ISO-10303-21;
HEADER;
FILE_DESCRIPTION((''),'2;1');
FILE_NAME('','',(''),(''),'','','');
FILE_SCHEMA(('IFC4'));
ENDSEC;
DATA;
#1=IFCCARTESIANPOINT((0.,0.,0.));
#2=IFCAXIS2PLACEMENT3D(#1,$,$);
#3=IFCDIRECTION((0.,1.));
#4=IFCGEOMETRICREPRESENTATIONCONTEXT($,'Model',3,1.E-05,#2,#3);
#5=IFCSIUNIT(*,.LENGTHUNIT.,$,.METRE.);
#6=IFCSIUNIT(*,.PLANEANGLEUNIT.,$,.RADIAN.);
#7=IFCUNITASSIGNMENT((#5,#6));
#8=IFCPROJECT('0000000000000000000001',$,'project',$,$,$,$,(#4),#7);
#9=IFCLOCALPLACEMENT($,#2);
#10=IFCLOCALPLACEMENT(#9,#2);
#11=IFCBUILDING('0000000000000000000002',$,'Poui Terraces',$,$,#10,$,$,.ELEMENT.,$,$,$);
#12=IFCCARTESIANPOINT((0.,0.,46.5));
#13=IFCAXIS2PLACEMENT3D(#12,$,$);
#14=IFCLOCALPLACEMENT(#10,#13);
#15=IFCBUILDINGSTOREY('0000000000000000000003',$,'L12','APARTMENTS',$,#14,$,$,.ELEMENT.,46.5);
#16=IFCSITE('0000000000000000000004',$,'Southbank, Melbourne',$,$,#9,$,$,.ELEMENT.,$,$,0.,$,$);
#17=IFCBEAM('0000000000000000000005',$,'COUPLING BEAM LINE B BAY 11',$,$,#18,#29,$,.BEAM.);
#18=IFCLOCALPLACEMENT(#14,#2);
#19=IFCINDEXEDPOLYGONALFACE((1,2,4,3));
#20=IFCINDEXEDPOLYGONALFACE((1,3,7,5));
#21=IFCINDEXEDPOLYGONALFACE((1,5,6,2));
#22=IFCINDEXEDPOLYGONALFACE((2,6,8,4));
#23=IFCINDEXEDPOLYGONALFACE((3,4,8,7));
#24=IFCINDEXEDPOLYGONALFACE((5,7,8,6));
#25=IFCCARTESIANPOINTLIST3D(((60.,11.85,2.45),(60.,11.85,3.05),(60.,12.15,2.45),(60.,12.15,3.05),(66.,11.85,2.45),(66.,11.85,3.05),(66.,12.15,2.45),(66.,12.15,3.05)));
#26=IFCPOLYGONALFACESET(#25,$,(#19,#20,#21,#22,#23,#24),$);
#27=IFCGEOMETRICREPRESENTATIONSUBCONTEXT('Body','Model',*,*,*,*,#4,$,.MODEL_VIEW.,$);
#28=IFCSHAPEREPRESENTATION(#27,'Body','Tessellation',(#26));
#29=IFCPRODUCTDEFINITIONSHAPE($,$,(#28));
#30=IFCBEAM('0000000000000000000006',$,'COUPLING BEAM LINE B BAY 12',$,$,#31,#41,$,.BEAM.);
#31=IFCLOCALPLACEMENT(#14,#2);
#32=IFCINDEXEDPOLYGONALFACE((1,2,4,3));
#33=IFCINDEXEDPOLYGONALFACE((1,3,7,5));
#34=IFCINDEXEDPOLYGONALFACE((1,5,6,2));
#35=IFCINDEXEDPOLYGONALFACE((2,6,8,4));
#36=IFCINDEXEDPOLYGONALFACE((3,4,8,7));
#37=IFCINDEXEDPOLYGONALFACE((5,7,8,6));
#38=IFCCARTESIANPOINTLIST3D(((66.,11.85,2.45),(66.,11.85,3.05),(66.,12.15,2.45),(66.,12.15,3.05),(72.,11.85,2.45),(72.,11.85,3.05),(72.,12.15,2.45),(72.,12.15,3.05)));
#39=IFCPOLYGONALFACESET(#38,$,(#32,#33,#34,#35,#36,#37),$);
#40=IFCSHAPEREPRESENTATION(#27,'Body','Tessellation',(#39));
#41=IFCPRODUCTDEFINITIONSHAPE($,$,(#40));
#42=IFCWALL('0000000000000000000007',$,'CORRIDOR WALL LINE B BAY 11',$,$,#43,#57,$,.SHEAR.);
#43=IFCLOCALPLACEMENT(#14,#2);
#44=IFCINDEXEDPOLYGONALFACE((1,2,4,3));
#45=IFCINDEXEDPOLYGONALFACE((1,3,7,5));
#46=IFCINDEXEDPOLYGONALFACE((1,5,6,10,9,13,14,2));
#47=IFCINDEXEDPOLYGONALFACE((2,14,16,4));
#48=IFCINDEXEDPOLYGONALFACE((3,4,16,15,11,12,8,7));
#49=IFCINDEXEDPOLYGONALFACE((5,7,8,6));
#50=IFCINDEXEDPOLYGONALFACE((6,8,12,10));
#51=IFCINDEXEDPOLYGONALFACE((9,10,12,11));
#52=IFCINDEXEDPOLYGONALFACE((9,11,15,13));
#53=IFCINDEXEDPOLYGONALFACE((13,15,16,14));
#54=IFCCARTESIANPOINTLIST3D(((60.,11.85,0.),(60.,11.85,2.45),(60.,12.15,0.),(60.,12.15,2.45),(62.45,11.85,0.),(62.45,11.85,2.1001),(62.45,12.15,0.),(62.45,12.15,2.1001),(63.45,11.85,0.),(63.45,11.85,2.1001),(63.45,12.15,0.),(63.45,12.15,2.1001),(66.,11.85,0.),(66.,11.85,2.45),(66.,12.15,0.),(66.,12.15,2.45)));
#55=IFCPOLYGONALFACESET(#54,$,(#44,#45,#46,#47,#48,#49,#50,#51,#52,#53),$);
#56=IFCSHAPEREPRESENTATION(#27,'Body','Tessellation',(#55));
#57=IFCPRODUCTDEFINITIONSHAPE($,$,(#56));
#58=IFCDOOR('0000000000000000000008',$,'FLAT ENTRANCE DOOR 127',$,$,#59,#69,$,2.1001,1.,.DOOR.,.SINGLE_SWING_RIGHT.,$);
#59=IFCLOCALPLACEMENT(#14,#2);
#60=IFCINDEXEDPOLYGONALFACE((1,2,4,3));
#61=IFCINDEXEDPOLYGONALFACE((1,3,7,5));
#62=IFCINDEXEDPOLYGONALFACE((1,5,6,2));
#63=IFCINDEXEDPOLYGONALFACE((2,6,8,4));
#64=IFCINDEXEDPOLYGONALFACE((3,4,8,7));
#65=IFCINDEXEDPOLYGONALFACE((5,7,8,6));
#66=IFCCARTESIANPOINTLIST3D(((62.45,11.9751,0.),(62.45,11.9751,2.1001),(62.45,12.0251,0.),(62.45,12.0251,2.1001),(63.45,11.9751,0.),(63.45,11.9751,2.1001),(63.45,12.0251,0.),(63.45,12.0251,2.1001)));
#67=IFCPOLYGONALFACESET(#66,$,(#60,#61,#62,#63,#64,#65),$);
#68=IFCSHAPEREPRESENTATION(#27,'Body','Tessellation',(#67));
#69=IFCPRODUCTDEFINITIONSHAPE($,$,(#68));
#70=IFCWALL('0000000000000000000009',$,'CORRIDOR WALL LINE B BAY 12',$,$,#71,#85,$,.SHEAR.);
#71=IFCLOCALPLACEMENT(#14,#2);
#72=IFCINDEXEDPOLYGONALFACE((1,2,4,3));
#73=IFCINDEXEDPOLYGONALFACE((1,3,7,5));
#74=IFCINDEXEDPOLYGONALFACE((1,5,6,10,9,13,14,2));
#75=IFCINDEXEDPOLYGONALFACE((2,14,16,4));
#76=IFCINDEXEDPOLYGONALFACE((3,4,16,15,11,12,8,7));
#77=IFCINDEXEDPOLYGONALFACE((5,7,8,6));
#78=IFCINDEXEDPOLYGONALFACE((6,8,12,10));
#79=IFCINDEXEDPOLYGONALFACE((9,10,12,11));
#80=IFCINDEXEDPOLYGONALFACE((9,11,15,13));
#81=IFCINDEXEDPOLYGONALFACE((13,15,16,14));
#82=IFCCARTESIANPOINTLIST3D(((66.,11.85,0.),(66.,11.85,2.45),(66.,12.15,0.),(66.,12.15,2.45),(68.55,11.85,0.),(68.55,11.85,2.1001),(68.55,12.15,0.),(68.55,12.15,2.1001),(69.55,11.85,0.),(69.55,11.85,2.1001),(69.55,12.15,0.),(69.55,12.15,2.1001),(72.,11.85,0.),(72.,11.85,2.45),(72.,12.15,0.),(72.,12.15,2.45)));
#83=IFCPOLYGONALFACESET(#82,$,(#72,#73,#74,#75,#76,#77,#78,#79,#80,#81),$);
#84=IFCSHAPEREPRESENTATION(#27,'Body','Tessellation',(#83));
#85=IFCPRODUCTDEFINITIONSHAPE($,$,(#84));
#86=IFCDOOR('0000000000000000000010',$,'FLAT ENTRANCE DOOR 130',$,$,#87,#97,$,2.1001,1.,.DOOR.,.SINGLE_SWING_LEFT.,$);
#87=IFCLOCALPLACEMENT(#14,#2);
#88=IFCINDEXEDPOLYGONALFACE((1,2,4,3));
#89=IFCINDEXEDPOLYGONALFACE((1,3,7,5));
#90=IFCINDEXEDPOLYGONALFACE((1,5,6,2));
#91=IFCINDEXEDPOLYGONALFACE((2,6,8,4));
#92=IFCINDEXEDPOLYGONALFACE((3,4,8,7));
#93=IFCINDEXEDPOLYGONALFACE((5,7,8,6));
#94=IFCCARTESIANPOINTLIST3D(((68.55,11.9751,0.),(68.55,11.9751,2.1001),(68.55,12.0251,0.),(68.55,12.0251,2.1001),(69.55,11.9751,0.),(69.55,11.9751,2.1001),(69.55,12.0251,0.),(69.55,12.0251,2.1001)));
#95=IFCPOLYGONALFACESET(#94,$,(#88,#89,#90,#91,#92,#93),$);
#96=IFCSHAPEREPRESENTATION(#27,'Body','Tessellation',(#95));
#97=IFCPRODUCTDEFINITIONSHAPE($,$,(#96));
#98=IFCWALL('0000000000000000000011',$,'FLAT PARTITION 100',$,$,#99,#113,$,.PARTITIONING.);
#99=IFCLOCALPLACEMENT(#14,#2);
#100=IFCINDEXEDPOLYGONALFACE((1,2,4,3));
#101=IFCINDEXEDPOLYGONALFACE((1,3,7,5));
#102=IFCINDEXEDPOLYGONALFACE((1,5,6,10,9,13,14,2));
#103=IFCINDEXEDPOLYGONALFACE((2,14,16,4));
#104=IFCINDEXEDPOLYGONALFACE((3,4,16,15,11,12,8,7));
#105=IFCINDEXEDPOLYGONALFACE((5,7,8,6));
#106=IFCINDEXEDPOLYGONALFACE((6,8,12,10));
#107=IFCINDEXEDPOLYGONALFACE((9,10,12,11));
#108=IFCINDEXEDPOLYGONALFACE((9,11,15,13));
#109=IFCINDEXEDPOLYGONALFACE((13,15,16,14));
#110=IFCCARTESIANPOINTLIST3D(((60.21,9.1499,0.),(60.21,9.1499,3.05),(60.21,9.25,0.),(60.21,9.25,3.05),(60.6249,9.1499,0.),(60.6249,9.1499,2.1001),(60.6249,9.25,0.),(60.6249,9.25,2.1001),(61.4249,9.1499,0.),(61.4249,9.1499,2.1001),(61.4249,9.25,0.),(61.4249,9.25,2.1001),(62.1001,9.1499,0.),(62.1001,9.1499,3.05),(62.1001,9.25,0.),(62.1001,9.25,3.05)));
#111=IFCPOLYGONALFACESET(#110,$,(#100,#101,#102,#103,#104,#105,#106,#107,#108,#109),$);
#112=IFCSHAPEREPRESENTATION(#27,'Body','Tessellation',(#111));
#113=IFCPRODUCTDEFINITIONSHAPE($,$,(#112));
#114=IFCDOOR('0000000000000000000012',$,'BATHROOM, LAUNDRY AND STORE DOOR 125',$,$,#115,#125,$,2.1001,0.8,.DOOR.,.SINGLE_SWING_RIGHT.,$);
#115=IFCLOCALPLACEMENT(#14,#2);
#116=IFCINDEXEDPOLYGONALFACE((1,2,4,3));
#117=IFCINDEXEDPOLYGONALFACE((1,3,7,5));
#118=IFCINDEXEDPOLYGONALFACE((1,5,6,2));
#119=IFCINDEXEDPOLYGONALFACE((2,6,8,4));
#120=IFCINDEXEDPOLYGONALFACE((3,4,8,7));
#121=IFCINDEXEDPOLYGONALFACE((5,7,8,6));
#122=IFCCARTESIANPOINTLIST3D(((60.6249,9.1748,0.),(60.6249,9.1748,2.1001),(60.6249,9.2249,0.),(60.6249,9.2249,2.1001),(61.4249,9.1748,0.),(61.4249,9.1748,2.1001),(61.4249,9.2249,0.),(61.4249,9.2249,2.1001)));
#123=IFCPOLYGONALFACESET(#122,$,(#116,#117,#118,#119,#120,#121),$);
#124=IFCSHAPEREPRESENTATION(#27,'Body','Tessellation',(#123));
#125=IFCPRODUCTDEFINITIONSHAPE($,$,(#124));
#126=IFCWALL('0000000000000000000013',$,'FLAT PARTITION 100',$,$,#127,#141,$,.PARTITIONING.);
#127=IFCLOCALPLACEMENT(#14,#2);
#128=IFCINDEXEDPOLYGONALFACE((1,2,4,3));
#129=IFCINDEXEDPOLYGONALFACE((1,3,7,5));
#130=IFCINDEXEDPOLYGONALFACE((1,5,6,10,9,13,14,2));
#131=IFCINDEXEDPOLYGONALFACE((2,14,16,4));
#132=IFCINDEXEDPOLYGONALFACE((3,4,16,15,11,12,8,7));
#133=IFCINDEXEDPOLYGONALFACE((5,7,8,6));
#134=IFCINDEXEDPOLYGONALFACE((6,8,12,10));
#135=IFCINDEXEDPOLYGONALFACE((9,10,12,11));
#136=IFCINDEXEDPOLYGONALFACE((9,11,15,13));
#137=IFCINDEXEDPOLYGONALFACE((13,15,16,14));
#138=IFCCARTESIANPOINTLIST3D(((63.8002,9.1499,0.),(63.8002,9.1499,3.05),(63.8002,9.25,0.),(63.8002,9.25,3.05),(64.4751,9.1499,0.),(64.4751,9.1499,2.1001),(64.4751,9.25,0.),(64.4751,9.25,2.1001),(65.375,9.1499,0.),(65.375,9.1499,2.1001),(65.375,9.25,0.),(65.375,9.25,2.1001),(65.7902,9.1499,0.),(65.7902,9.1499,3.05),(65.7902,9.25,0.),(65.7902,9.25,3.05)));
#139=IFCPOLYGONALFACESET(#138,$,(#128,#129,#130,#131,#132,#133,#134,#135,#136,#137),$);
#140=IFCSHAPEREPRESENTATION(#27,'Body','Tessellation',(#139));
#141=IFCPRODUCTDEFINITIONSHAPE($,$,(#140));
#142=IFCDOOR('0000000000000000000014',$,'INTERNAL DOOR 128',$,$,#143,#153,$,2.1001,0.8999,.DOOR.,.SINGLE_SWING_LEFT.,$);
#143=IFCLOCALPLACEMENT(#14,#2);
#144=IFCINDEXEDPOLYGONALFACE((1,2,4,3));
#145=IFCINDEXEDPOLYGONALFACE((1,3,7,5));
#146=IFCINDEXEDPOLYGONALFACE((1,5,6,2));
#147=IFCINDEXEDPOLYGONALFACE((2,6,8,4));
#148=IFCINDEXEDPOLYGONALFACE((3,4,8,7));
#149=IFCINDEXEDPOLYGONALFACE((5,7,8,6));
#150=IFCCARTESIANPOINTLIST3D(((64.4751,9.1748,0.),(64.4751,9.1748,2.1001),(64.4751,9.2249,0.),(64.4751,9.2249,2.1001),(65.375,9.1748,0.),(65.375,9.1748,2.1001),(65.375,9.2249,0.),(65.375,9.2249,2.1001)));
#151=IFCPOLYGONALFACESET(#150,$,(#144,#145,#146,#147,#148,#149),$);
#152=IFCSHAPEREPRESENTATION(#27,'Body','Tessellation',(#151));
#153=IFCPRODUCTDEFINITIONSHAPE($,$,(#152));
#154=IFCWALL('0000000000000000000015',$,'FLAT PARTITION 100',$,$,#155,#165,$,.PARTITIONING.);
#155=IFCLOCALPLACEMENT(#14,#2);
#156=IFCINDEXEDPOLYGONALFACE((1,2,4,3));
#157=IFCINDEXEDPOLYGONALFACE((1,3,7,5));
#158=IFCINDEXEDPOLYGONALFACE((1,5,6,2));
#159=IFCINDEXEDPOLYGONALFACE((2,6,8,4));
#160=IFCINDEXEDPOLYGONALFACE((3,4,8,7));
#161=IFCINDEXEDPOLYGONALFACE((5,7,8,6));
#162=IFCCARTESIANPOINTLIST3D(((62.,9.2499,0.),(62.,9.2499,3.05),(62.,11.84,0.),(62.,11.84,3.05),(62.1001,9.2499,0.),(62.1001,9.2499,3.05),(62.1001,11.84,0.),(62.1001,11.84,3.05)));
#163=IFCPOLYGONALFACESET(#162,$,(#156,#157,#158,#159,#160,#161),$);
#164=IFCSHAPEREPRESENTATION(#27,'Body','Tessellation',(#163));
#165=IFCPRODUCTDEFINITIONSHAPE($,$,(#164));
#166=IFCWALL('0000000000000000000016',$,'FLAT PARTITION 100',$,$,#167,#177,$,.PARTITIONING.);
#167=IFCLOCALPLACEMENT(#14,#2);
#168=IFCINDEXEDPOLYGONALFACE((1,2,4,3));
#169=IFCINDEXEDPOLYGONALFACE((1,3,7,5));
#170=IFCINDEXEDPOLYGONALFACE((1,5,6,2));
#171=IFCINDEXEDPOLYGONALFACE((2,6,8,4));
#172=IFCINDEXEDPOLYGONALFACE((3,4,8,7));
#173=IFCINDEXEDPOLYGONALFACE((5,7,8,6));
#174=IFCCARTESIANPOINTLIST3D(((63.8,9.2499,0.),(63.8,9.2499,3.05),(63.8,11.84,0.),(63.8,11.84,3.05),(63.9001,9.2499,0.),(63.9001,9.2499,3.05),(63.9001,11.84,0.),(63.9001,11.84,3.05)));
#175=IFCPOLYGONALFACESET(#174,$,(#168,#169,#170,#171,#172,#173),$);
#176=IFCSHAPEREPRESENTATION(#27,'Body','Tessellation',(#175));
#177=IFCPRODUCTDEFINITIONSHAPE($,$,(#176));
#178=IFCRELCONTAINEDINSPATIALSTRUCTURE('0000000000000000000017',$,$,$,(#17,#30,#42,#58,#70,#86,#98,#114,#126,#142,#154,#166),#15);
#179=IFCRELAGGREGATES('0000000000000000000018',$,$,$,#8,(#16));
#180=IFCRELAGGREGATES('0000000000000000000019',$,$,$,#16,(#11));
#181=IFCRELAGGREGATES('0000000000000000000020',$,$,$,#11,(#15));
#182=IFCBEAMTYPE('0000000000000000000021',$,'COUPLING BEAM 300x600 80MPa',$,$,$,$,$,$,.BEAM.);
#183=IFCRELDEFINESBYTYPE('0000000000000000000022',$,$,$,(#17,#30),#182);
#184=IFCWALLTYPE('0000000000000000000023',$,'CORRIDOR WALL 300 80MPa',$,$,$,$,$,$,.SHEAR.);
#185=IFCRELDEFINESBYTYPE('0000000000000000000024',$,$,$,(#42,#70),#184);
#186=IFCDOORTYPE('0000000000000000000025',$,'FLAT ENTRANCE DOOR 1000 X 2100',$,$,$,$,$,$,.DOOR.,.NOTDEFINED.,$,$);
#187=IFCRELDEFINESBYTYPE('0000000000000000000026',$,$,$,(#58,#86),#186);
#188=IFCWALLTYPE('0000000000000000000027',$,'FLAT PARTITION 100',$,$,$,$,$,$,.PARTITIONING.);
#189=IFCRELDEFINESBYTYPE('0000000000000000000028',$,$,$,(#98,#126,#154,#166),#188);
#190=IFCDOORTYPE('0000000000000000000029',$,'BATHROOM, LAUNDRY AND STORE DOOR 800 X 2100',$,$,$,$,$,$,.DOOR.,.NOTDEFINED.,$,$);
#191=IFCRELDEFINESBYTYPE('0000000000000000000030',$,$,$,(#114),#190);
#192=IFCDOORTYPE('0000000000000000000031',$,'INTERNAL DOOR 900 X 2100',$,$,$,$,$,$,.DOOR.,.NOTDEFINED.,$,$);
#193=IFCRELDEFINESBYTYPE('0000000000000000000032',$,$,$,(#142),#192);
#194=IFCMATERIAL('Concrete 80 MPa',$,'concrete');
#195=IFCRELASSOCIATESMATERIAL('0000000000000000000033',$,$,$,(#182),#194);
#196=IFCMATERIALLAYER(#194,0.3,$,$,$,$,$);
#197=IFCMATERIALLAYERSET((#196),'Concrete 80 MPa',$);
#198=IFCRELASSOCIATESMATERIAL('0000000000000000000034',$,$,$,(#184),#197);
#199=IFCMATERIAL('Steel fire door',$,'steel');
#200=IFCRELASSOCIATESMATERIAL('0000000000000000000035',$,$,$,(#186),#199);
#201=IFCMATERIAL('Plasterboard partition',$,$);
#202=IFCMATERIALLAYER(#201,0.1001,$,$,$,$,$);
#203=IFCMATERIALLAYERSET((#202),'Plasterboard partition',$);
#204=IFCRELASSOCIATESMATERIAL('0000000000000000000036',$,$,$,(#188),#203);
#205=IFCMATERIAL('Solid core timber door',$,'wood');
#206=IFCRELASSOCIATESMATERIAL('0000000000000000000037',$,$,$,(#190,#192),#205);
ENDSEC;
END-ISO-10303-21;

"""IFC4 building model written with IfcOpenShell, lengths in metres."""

from ifc_helpers import new_model, si_unit, direction, frame, frame_2d, origin, origin_2d, place, context, subcontext, project, spatial, rectangle, extrude, source, transform, mapped, material, layer, layer_set, material_profile, profile_set, type_object, element, fill, save


model = new_model("IFC4")

# Units and contexts
model_context = context("Model", 3, precision=1e-05, world=origin(), true_north=direction((0.0, 1.0)))
body_context = subcontext(model_context, "Body", "Model", "MODEL_VIEW")
ifc_project = project(units=[si_unit("LENGTHUNIT", "METRE"), si_unit("PLANEANGLEUNIT", "RADIAN")], contexts=[model_context])

# Site, building, storey
site_placement = place(None, origin())
site = spatial("IfcSite", under=ifc_project, at=site_placement, Name="Southbank, Melbourne", CompositionType="ELEMENT", RefElevation=0.0)
building_placement = place(site_placement, origin())
building = spatial("IfcBuilding", under=site, at=building_placement, Name="Poui Terraces", CompositionType="ELEMENT")
storey_placement = place(building_placement, frame((0.0, 0.0, 46.5)))
storey = spatial("IfcBuildingStorey", under=building, at=storey_placement, Name="L12", Description="APARTMENTS", CompositionType="ELEMENT", Elevation=46.5)

# Beams
ifc_material_1 = material(Name="Concrete 80 MPa", Category="concrete")
ifc_material_profile = material_profile(ifc_material_1, rectangle(XDim=0.3, YDim=0.6001, at=origin_2d()), Name="RC 300x600")
ifc_profile_set = profile_set([ifc_material_profile], Name="Concrete 80 MPa")
beam_type = type_object("IfcBeamType", Name="COUPLING BEAM 300x600 80MPa", PredefinedType="BEAM", material=ifc_profile_set)
shared_shape = source(origin(), body_context, "Body", "SweptSolid", [
    extrude(rectangle(XDim=0.3, YDim=0.6001, at=origin_2d()), origin(), (0.0, 0.0, 1.0), 6.0),
])
for number, where, z_axis, x_axis, name in (
    (1, (60.0, 12.0, 2.75), (1.0, 0.0, 0.0), (0.0, 1.0, 0.0), "COUPLING BEAM LINE B BAY 11"),
    (2, (66.0, 12.0, 2.75), (1.0, 0.0, 0.0), (0.0, 1.0, 0.0), "COUPLING BEAM LINE B BAY 12"),
):
    element("IfcBeam", number, at=place(storey_placement, frame(where, z_axis=z_axis, x_axis=x_axis)), inside=storey, type_object=beam_type, Name=name, PredefinedType="BEAM", context=body_context, shape_type="MappedRepresentation", body=[
        mapped(shared_shape, transform((0.0, 0.0, 0.0))),
    ])

# Walls, openings, doors
ifc_layer_1 = layer(ifc_material_1, 0.3)
ifc_layer_set_1 = layer_set([ifc_layer_1], Name="Concrete 80 MPa")
wall_type_1 = type_object("IfcWallType", Name="CORRIDOR WALL 300 80MPa", PredefinedType="SHEAR", material=ifc_layer_set_1)
wall_1_placement = place(storey_placement, frame((60.0, 12.0, 0.0), z_axis=(0.0, 0.0, 1.0), x_axis=(1.0, 0.0, 0.0)))
wall_1 = element("IfcWall", 3, at=wall_1_placement, inside=storey, type_object=wall_type_1, Name="CORRIDOR WALL LINE B BAY 11", PredefinedType="SHEAR", context=body_context, shape_type="SweptSolid", body=[
    extrude(rectangle(XDim=6.0, YDim=0.3, at=frame_2d((3.0, 0.0))), origin(), (0.0, 0.0, 1.0), 2.45),
])
opening_1_placement = place(wall_1_placement, frame((2.45, 0.0, 0.0)))
opening_1 = element("IfcOpeningElement", 4, at=opening_1_placement, cuts=wall_1, PredefinedType="OPENING", context=body_context, shape_type="SweptSolid", body=[
    extrude(rectangle(XDim=1.0, YDim=2.1001, at=frame_2d((0.5, 1.05))), frame((0.0, 0.1602, 0.0), z_axis=(0.0, -1.0, 0.0), x_axis=(1.0, 0.0, 0.0)), (0.0, 0.0, 1.0), 0.3201),
])
ifc_material_2 = material(Name="Steel fire door", Category="steel")
door_type_1 = type_object("IfcDoorType", Name="FLAT ENTRANCE DOOR 1000 X 2100", OperationType="NOTDEFINED", PredefinedType="DOOR", material=ifc_material_2)
door_1_placement = place(opening_1_placement, frame((1.0, 0.0, 0.0), z_axis=(0.0, 0.0, 1.0), x_axis=(-1.0, 0.0, 0.0)))
door_1 = element("IfcDoor", 5, at=door_1_placement, inside=storey, type_object=door_type_1, Name="FLAT ENTRANCE DOOR 127", OperationType="SINGLE_SWING_RIGHT", OverallHeight=2.1001, OverallWidth=1.0, PredefinedType="DOOR", context=body_context, shape_type="SweptSolid", body=[
    extrude(rectangle(XDim=1.0, YDim=2.1001, at=frame_2d((0.5, 1.05))), frame((0.0, 0.0249, 0.0), z_axis=(0.0, -1.0, 0.0), x_axis=(1.0, 0.0, 0.0)), (0.0, 0.0, 1.0), 0.05),
])
fill(opening_1, door_1)
wall_2_placement = place(storey_placement, frame((66.0, 12.0, 0.0), z_axis=(0.0, 0.0, 1.0), x_axis=(1.0, 0.0, 0.0)))
wall_2 = element("IfcWall", 6, at=wall_2_placement, inside=storey, type_object=wall_type_1, Name="CORRIDOR WALL LINE B BAY 12", PredefinedType="SHEAR", context=body_context, shape_type="SweptSolid", body=[
    extrude(rectangle(XDim=6.0, YDim=0.3, at=frame_2d((3.0, 0.0))), origin(), (0.0, 0.0, 1.0), 2.45),
])
opening_2_placement = place(wall_2_placement, frame((2.55, 0.0, 0.0)))
opening_2 = element("IfcOpeningElement", 7, at=opening_2_placement, cuts=wall_2, PredefinedType="OPENING", context=body_context, shape_type="SweptSolid", body=[
    extrude(rectangle(XDim=1.0, YDim=2.1001, at=frame_2d((0.5, 1.05))), frame((0.0, 0.1602, 0.0), z_axis=(0.0, -1.0, 0.0), x_axis=(1.0, 0.0, 0.0)), (0.0, 0.0, 1.0), 0.3201),
])
door_2_placement = place(opening_2_placement, frame((1.0, 0.0, 0.0), z_axis=(0.0, 0.0, 1.0), x_axis=(-1.0, 0.0, 0.0)))
door_2 = element("IfcDoor", 8, at=door_2_placement, inside=storey, type_object=door_type_1, Name="FLAT ENTRANCE DOOR 130", OperationType="SINGLE_SWING_LEFT", OverallHeight=2.1001, OverallWidth=1.0, PredefinedType="DOOR", context=body_context, shape_type="SweptSolid", body=[
    extrude(rectangle(XDim=1.0, YDim=2.1001, at=frame_2d((0.5, 1.05))), frame((0.0, 0.0249, 0.0), z_axis=(0.0, -1.0, 0.0), x_axis=(1.0, 0.0, 0.0)), (0.0, 0.0, 1.0), 0.05),
])
fill(opening_2, door_2)
ifc_material_3 = material(Name="Plasterboard partition")
ifc_layer_2 = layer(ifc_material_3, 0.1001)
ifc_layer_set_2 = layer_set([ifc_layer_2], Name="Plasterboard partition")
wall_type_2 = type_object("IfcWallType", Name="FLAT PARTITION 100", PredefinedType="PARTITIONING", material=ifc_layer_set_2)
wall_3_placement = place(storey_placement, frame((60.21, 9.2, 0.0), z_axis=(0.0, 0.0, 1.0), x_axis=(1.0, 0.0, 0.0)))
wall_3 = element("IfcWall", 9, at=wall_3_placement, inside=storey, type_object=wall_type_2, Name="FLAT PARTITION 100", PredefinedType="PARTITIONING", context=body_context, shape_type="SweptSolid", body=[
    extrude(rectangle(XDim=1.8901, YDim=0.1001, at=frame_2d((0.9451, 0.0))), origin(), (0.0, 0.0, 1.0), 3.05),
])
opening_3_placement = place(wall_3_placement, frame((0.415, 0.0, 0.0)))
opening_3 = element("IfcOpeningElement", 10, at=opening_3_placement, cuts=wall_3, PredefinedType="OPENING", context=body_context, shape_type="SweptSolid", body=[
    extrude(rectangle(XDim=0.8, YDim=2.1001, at=frame_2d((0.3999, 1.05))), frame((0.0, 0.0601, 0.0), z_axis=(0.0, -1.0, 0.0), x_axis=(1.0, 0.0, 0.0)), (0.0, 0.0, 1.0), 0.1201),
])
ifc_material_4 = material(Name="Solid core timber door", Category="wood")
door_type_2 = type_object("IfcDoorType", Name="BATHROOM, LAUNDRY AND STORE DOOR 800 X 2100", OperationType="NOTDEFINED", PredefinedType="DOOR", material=ifc_material_4)
door_3_placement = place(opening_3_placement, origin())
door_3 = element("IfcDoor", 11, at=door_3_placement, inside=storey, type_object=door_type_2, Name="BATHROOM, LAUNDRY AND STORE DOOR 125", OperationType="SINGLE_SWING_RIGHT", OverallHeight=2.1001, OverallWidth=0.8, PredefinedType="DOOR", context=body_context, shape_type="SweptSolid", body=[
    extrude(rectangle(XDim=0.8, YDim=2.1001, at=frame_2d((0.3999, 1.05))), frame((0.0, 0.0249, 0.0), z_axis=(0.0, -1.0, 0.0), x_axis=(1.0, 0.0, 0.0)), (0.0, 0.0, 1.0), 0.05),
])
fill(opening_3, door_3)
wall_4_placement = place(storey_placement, frame((63.8, 9.2, 0.0), z_axis=(0.0, 0.0, 1.0), x_axis=(1.0, 0.0, 0.0)))
wall_4 = element("IfcWall", 12, at=wall_4_placement, inside=storey, type_object=wall_type_2, Name="FLAT PARTITION 100", PredefinedType="PARTITIONING", context=body_context, shape_type="SweptSolid", body=[
    extrude(rectangle(XDim=1.99, YDim=0.1001, at=frame_2d((0.9951, 0.0))), origin(), (0.0, 0.0, 1.0), 3.05),
])
opening_4_placement = place(wall_4_placement, frame((0.675, 0.0, 0.0)))
opening_4 = element("IfcOpeningElement", 13, at=opening_4_placement, cuts=wall_4, PredefinedType="OPENING", context=body_context, shape_type="SweptSolid", body=[
    extrude(rectangle(XDim=0.8999, YDim=2.1001, at=frame_2d((0.45, 1.05))), frame((0.0, 0.0601, 0.0), z_axis=(0.0, -1.0, 0.0), x_axis=(1.0, 0.0, 0.0)), (0.0, 0.0, 1.0), 0.1201),
])
door_type_3 = type_object("IfcDoorType", Name="INTERNAL DOOR 900 X 2100", OperationType="NOTDEFINED", PredefinedType="DOOR", material=ifc_material_4)
door_4_placement = place(opening_4_placement, origin())
door_4 = element("IfcDoor", 14, at=door_4_placement, inside=storey, type_object=door_type_3, Name="INTERNAL DOOR 128", OperationType="SINGLE_SWING_LEFT", OverallHeight=2.1001, OverallWidth=0.8999, PredefinedType="DOOR", context=body_context, shape_type="SweptSolid", body=[
    extrude(rectangle(XDim=0.8999, YDim=2.1001, at=frame_2d((0.45, 1.05))), frame((0.0, 0.0249, 0.0), z_axis=(0.0, -1.0, 0.0), x_axis=(1.0, 0.0, 0.0)), (0.0, 0.0, 1.0), 0.05),
])
fill(opening_4, door_4)

# Walls
for number, where, z_axis, x_axis, name in (
    (15, (62.05, 9.25, 0.0), (0.0, 0.0, 1.0), (0.0, 1.0, 0.0), "FLAT PARTITION 100"),
    (16, (63.8501, 9.25, 0.0), (0.0, 0.0, 1.0), (0.0, 1.0, 0.0), "FLAT PARTITION 100"),
):
    element("IfcWall", number, at=place(storey_placement, frame(where, z_axis=z_axis, x_axis=x_axis)), inside=storey, type_object=wall_type_2, Name=name, PredefinedType="PARTITIONING", context=body_context, shape_type="SweptSolid", body=[
        extrude(rectangle(XDim=2.5901, YDim=0.1001, at=frame_2d((1.2949, 0.0))), origin(), (0.0, 0.0, 1.0), 3.05),
    ])

save(model, "model.ifc")
